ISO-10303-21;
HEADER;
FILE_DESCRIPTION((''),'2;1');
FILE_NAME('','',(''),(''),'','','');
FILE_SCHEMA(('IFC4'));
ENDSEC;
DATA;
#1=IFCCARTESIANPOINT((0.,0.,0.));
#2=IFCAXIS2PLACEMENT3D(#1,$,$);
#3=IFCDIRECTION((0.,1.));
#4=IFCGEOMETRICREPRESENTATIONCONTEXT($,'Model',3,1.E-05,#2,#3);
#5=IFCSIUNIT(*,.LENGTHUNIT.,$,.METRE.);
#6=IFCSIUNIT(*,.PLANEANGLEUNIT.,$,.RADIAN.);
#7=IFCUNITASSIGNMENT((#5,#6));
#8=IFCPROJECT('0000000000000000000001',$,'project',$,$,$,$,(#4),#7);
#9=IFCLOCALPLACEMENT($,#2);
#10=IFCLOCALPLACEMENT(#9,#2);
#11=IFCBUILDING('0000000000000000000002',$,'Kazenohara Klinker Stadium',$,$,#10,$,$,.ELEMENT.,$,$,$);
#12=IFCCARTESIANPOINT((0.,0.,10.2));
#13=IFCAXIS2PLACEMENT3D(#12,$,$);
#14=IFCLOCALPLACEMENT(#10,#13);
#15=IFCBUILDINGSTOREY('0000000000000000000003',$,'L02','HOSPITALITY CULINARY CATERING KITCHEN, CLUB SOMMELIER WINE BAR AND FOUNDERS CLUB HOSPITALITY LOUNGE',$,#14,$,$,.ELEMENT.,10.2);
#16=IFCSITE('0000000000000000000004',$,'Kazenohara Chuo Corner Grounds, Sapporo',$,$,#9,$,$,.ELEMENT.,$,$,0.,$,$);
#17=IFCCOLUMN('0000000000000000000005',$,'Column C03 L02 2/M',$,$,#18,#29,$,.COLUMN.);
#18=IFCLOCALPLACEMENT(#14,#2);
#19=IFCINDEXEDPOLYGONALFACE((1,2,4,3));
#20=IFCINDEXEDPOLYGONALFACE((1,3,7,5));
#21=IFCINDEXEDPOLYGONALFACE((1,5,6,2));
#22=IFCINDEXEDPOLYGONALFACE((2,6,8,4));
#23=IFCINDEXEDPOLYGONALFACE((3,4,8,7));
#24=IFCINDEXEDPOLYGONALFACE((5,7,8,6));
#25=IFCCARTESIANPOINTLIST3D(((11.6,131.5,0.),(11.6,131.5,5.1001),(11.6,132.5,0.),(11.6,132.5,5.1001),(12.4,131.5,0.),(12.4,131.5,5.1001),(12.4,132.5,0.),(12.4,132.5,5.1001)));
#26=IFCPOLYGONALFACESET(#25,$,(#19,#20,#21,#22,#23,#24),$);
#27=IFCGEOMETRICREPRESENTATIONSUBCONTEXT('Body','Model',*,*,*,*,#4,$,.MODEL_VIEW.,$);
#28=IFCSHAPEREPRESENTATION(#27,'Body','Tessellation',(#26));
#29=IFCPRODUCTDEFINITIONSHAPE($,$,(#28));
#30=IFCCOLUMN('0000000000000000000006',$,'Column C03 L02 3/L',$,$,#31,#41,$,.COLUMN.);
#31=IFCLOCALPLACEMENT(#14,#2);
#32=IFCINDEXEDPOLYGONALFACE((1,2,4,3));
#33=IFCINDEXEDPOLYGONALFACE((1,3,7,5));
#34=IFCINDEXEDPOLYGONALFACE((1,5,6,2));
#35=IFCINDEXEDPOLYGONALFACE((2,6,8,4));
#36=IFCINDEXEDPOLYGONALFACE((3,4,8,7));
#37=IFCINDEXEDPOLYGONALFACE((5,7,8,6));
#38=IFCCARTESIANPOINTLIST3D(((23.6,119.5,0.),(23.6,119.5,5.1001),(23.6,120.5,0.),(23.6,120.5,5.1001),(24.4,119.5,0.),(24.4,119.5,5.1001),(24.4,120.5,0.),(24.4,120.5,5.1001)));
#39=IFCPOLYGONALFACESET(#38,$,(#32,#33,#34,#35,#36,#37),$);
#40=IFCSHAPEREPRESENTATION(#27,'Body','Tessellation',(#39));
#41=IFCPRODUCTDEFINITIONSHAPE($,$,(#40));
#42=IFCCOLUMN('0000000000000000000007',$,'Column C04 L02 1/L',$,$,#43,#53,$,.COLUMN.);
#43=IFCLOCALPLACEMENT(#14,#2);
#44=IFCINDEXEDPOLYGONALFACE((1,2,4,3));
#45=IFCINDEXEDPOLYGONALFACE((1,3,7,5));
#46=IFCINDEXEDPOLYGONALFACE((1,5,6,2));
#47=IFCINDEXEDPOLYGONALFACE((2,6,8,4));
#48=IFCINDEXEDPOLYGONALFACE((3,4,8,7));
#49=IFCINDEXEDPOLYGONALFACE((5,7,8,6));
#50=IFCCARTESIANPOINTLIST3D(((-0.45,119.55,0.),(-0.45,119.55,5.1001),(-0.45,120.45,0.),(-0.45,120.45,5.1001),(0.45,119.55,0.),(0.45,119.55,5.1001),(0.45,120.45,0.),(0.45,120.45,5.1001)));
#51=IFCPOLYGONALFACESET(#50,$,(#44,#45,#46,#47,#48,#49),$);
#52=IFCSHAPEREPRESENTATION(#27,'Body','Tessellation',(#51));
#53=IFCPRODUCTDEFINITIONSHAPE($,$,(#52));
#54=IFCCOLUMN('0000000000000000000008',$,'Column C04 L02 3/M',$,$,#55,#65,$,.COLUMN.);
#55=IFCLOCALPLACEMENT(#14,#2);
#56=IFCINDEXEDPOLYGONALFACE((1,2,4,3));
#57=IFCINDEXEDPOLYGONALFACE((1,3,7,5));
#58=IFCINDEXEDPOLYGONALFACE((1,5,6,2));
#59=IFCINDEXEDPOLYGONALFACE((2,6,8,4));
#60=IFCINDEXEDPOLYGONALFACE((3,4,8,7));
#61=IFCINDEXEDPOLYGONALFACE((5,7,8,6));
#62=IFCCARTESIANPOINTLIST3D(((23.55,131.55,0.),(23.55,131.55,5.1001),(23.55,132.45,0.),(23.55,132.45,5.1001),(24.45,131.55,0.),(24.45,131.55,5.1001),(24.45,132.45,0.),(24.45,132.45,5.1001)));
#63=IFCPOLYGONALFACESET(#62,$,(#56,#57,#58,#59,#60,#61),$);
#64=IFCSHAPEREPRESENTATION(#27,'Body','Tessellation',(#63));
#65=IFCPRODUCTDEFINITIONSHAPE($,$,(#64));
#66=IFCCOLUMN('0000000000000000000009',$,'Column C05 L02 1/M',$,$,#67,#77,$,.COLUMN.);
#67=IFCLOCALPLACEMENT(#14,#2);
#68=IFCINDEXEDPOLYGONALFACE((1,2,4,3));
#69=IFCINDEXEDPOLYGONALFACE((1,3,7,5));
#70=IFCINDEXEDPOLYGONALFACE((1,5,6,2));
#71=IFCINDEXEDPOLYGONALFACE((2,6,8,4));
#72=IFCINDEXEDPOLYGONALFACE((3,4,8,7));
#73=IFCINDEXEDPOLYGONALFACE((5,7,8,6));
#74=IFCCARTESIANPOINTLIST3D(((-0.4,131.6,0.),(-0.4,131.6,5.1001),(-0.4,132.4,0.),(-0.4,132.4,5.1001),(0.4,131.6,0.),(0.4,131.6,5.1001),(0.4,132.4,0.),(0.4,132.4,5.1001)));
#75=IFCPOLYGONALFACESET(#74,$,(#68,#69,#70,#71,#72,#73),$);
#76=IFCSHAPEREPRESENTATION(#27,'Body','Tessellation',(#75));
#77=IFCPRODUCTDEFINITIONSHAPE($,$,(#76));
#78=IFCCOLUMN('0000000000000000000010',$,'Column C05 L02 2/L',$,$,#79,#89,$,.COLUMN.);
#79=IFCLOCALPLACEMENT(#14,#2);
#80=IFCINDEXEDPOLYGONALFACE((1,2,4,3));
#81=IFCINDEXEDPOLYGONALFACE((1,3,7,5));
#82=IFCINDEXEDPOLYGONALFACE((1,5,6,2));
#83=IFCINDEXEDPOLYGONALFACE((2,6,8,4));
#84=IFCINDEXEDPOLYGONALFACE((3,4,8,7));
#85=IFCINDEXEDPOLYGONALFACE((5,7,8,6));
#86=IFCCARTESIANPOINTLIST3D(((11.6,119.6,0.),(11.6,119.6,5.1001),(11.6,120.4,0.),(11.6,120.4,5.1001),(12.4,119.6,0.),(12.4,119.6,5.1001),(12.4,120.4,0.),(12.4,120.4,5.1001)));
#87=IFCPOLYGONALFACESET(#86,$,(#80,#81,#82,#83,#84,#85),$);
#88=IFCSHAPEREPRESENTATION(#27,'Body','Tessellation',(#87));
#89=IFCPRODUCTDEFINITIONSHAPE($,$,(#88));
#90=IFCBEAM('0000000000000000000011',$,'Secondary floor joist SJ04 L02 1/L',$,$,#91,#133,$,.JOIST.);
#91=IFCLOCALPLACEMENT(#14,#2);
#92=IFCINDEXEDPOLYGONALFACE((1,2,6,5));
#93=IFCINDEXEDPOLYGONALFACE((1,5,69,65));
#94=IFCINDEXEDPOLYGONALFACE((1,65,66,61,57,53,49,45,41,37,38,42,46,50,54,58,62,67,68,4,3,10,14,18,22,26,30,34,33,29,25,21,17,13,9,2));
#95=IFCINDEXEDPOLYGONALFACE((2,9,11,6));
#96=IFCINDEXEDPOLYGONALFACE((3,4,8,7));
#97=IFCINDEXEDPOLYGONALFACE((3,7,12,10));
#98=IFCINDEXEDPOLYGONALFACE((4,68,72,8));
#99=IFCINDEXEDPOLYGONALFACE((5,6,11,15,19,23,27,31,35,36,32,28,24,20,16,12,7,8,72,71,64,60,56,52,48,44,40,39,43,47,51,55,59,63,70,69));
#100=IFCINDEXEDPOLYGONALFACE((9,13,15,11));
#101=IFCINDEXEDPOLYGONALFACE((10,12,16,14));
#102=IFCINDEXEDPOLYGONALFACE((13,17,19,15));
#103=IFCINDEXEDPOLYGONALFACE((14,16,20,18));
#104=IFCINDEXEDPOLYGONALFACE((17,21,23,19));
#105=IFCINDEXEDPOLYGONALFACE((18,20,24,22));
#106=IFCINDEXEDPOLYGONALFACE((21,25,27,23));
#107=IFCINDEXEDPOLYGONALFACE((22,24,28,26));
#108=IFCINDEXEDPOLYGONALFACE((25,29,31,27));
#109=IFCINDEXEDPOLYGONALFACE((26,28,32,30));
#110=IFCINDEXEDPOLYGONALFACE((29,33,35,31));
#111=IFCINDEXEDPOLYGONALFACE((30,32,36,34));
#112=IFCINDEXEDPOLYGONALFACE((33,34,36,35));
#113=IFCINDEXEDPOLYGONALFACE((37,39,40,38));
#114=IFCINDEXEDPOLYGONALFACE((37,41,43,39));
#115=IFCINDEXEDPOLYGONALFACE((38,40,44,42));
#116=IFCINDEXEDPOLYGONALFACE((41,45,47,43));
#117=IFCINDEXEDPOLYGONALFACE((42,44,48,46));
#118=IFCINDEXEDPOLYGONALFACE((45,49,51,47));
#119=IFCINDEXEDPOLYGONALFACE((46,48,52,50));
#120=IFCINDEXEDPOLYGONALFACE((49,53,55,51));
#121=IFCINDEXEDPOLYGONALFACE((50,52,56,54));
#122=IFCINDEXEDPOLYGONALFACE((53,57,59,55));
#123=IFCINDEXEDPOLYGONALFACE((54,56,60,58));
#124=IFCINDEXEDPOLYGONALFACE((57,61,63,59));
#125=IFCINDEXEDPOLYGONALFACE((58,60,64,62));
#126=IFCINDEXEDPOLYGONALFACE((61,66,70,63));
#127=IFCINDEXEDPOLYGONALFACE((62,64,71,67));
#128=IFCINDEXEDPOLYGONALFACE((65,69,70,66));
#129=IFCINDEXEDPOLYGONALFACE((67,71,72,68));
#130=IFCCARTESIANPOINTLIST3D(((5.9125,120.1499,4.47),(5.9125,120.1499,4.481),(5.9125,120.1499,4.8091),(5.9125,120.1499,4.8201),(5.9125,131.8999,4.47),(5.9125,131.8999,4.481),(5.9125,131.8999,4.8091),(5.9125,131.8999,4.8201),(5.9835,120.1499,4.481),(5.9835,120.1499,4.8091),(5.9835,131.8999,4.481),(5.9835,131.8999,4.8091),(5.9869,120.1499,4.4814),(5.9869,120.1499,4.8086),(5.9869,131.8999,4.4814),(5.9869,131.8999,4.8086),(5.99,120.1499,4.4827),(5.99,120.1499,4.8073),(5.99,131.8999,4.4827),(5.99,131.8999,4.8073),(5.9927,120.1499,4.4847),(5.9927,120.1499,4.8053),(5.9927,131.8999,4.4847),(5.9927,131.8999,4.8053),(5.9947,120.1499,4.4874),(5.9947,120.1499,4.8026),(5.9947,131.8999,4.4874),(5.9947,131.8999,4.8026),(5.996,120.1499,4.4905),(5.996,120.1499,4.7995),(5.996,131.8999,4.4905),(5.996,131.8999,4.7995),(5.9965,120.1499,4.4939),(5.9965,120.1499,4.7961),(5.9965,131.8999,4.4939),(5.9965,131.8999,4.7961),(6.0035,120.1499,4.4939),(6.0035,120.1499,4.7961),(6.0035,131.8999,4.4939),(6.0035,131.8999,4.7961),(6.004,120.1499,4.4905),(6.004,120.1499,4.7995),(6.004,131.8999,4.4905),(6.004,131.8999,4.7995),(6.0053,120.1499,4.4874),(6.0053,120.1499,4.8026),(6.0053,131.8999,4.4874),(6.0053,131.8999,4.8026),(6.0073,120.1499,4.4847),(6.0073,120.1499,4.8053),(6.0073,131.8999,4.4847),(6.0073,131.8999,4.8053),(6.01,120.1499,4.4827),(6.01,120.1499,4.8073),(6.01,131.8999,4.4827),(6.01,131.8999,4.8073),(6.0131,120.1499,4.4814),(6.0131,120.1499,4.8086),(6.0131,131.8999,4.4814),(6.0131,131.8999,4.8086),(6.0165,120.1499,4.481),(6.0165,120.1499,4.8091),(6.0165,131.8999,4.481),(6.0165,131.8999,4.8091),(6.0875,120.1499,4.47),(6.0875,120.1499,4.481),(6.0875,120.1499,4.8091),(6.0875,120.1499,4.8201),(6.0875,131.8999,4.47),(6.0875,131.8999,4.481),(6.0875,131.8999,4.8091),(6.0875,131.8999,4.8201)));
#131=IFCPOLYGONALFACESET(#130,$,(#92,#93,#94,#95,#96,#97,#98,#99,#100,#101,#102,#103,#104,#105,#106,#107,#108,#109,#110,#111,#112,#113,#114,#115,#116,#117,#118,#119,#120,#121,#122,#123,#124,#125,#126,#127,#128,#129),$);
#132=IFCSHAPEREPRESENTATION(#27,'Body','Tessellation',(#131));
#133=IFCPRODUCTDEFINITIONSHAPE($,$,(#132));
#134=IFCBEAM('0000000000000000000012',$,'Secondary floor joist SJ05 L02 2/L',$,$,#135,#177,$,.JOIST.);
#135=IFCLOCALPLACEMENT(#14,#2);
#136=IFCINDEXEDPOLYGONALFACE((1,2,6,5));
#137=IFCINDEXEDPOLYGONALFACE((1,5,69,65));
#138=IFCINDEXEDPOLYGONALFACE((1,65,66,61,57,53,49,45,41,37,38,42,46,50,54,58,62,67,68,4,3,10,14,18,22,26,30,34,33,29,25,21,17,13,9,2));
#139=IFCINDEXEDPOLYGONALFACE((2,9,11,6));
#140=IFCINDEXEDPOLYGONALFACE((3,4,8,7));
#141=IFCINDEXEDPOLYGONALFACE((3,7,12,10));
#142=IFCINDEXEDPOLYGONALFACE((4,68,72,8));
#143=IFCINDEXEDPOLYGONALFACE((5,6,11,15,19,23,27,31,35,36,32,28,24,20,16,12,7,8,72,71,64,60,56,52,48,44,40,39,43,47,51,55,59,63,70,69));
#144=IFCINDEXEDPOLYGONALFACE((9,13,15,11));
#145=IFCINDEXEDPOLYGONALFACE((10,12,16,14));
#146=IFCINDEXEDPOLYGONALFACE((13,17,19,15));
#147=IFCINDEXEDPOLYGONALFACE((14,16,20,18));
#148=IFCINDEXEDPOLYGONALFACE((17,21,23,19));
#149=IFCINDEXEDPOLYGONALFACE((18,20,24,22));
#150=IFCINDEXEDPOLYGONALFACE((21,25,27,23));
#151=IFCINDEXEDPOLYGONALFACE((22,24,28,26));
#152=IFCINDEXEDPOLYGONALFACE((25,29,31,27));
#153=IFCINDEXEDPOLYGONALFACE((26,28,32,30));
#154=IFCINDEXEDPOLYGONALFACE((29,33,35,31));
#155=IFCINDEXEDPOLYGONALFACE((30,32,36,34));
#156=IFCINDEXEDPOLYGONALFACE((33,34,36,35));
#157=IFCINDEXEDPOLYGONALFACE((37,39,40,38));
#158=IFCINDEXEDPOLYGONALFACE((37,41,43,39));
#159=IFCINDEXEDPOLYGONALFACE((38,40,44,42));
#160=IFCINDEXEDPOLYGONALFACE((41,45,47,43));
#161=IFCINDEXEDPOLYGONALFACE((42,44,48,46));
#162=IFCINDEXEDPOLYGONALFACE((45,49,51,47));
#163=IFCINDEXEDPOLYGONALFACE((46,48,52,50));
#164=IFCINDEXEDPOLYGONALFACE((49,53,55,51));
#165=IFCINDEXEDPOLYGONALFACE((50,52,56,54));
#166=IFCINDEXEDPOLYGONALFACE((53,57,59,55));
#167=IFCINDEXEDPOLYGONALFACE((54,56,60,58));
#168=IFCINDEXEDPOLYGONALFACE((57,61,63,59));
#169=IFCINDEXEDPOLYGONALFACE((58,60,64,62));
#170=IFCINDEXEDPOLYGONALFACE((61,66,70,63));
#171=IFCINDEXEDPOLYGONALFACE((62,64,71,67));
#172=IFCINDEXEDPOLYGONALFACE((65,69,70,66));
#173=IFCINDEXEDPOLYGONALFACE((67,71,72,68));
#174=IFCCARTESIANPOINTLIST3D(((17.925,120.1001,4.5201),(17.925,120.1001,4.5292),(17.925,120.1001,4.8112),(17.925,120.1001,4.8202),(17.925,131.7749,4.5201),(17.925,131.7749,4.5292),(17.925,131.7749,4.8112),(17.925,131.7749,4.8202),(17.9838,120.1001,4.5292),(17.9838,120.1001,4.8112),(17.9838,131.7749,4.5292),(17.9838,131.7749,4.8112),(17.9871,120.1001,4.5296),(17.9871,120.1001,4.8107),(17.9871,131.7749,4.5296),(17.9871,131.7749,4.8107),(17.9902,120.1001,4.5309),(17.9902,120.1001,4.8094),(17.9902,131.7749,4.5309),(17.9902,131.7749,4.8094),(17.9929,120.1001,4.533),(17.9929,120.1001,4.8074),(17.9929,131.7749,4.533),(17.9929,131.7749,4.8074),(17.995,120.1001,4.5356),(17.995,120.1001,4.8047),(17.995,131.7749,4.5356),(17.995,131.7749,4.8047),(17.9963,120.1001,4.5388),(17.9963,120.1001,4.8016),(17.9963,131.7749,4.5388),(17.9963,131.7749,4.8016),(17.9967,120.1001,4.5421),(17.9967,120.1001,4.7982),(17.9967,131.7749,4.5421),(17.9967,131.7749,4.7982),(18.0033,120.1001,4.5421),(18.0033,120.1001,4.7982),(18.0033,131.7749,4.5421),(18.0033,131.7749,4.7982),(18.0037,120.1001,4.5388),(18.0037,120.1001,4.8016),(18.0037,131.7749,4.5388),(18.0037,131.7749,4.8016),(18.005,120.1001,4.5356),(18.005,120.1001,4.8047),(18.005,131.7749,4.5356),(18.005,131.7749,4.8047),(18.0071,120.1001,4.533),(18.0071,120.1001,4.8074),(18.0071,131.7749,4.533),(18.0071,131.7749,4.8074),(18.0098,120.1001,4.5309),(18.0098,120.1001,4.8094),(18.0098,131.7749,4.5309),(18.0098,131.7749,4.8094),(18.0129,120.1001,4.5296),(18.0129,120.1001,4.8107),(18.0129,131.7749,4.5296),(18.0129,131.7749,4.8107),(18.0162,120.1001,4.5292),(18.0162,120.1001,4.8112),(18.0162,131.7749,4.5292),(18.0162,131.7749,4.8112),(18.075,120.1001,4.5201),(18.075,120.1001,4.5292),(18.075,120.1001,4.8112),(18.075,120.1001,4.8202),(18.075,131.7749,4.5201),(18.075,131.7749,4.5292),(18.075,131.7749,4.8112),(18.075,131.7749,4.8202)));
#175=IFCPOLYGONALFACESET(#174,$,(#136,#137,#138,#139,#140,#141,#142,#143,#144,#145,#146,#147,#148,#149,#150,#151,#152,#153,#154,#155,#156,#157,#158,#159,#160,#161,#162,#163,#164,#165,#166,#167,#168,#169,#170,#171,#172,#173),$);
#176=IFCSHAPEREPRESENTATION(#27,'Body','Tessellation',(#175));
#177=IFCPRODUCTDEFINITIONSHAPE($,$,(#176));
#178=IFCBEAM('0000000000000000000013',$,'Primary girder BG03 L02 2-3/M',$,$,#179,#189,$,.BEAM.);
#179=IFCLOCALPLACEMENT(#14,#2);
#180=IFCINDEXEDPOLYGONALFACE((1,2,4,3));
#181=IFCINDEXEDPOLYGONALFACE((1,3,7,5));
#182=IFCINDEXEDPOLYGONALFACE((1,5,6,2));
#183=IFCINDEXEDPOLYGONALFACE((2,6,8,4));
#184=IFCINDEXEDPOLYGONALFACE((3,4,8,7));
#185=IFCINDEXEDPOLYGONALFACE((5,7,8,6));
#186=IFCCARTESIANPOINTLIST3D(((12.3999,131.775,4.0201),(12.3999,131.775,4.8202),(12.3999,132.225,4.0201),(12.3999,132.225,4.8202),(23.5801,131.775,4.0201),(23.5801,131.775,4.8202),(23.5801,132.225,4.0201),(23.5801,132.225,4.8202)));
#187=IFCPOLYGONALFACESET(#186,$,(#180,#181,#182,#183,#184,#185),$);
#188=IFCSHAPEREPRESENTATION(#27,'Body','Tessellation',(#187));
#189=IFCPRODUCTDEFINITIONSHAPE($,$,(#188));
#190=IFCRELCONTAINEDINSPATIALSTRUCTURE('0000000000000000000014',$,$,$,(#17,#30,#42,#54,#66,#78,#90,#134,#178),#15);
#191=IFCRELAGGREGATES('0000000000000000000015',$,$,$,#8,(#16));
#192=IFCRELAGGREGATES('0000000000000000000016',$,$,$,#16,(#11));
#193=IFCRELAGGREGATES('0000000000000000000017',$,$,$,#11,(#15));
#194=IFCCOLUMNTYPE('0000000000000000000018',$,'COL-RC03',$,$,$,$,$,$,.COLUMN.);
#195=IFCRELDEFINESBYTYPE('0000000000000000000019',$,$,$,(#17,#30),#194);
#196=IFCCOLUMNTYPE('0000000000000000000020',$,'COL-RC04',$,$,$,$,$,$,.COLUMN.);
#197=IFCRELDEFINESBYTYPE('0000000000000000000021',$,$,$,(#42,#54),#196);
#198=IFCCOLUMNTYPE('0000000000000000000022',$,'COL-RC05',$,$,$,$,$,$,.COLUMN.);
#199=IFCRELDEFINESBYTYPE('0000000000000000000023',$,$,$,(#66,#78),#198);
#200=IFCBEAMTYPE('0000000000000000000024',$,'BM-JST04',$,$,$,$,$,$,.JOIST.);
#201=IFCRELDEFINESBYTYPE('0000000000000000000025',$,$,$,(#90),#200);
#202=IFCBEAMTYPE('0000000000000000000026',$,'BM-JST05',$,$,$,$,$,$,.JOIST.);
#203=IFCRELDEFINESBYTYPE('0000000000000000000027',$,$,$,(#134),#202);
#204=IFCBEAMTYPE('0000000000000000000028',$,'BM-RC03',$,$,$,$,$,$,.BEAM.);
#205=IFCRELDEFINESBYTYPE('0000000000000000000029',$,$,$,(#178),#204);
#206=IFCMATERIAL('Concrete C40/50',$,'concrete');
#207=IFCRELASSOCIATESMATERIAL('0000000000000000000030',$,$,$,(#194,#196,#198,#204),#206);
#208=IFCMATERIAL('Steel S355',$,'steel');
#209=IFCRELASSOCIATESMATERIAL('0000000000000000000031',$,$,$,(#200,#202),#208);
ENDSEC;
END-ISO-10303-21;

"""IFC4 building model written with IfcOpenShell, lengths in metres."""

from ifc_helpers import new_model, si_unit, direction, frame, origin, origin_2d, place, context, subcontext, project, spatial, rectangle, i_section, extrude, material, material_profile, profile_set, type_object, element, save


model = new_model("IFC4")

# Units and contexts
model_context = context("Model", 3, precision=1e-05, world=origin(), true_north=direction((0.0, 1.0)))
body_context = subcontext(model_context, "Body", "Model", "MODEL_VIEW")
ifc_project = project(units=[si_unit("LENGTHUNIT", "METRE"), si_unit("PLANEANGLEUNIT", "RADIAN")], contexts=[model_context])

# Site, building, storey
site_placement = place(None, origin())
site = spatial("IfcSite", under=ifc_project, at=site_placement, Name="Kazenohara Chuo Corner Grounds, Sapporo", CompositionType="ELEMENT", RefElevation=0.0)
building_placement = place(site_placement, origin())
building = spatial("IfcBuilding", under=site, at=building_placement, Name="Kazenohara Klinker Stadium", CompositionType="ELEMENT")
storey_placement = place(building_placement, frame((0.0, 0.0, 10.2)))
storey = spatial("IfcBuildingStorey", under=building, at=storey_placement, Name="L02", Description="HOSPITALITY CULINARY CATERING KITCHEN, CLUB SOMMELIER WINE BAR AND FOUNDERS CLUB HOSPITALITY LOUNGE", CompositionType="ELEMENT", Elevation=10.2)

# Columns
ifc_material_1 = material(Name="Concrete C40/50", Category="concrete")
ifc_material_profile_1 = material_profile(ifc_material_1, rectangle(XDim=0.8, YDim=1.0, at=origin_2d()), Name="RC-COL-1000x800")
ifc_profile_set_1 = profile_set([ifc_material_profile_1], Name="Concrete C40/50")
column_type_1 = type_object("IfcColumnType", Name="COL-RC03", PredefinedType="COLUMN", material=ifc_profile_set_1)
for number, where, z_axis, x_axis, name in (
    (1, (12.0, 132.0, 0.0), (0.0, 0.0, 1.0), (1.0, 0.0, 0.0), "Column C03 L02 2/M"),
    (2, (24.0, 120.0, 0.0), (0.0, 0.0, 1.0), (1.0, 0.0, 0.0), "Column C03 L02 3/L"),
):
    element("IfcColumn", number, at=place(storey_placement, frame(where, z_axis=z_axis, x_axis=x_axis)), inside=storey, type_object=column_type_1, Name=name, PredefinedType="COLUMN", context=body_context, shape_type="SweptSolid", body=[
        extrude(rectangle(XDim=0.8, YDim=1.0, at=origin_2d()), origin(), (0.0, 0.0, 1.0), 5.1001),
    ])
ifc_material_profile_2 = material_profile(ifc_material_1, rectangle(XDim=0.8999, YDim=0.8999, at=origin_2d()), Name="RC-COL-900x900")
ifc_profile_set_2 = profile_set([ifc_material_profile_2], Name="Concrete C40/50")
column_type_2 = type_object("IfcColumnType", Name="COL-RC04", PredefinedType="COLUMN", material=ifc_profile_set_2)
for number, where, z_axis, x_axis, name in (
    (3, (0.0, 120.0, 0.0), (0.0, 0.0, 1.0), (1.0, 0.0, 0.0), "Column C04 L02 1/L"),
    (4, (24.0, 132.0, 0.0), (0.0, 0.0, 1.0), (1.0, 0.0, 0.0), "Column C04 L02 3/M"),
):
    element("IfcColumn", number, at=place(storey_placement, frame(where, z_axis=z_axis, x_axis=x_axis)), inside=storey, type_object=column_type_2, Name=name, PredefinedType="COLUMN", context=body_context, shape_type="SweptSolid", body=[
        extrude(rectangle(XDim=0.8999, YDim=0.8999, at=origin_2d()), origin(), (0.0, 0.0, 1.0), 5.1001),
    ])
ifc_material_profile_3 = material_profile(ifc_material_1, rectangle(XDim=0.8, YDim=0.8, at=origin_2d()), Name="RC-COL-800x800")
ifc_profile_set_3 = profile_set([ifc_material_profile_3], Name="Concrete C40/50")
column_type_3 = type_object("IfcColumnType", Name="COL-RC05", PredefinedType="COLUMN", material=ifc_profile_set_3)
for number, where, z_axis, x_axis, name in (
    (5, (0.0, 132.0, 0.0), (0.0, 0.0, 1.0), (1.0, 0.0, 0.0), "Column C05 L02 1/M"),
    (6, (12.0, 120.0, 0.0), (0.0, 0.0, 1.0), (1.0, 0.0, 0.0), "Column C05 L02 2/L"),
):
    element("IfcColumn", number, at=place(storey_placement, frame(where, z_axis=z_axis, x_axis=x_axis)), inside=storey, type_object=column_type_3, Name=name, PredefinedType="COLUMN", context=body_context, shape_type="SweptSolid", body=[
        extrude(rectangle(XDim=0.8, YDim=0.8, at=origin_2d()), origin(), (0.0, 0.0, 1.0), 5.1001),
    ])

# Beams
ifc_material_2 = material(Name="Steel S355", Category="steel")
ifc_material_profile_4 = material_profile(ifc_material_2, i_section(OverallWidth=0.175, OverallDepth=0.3501, WebThickness=0.0071, FlangeThickness=0.011, FilletRadius=0.0129, at=origin_2d()), Name="H-350x175x7x11")
ifc_profile_set_4 = profile_set([ifc_material_profile_4], Name="Steel S355")
beam_type_1 = type_object("IfcBeamType", Name="BM-JST04", PredefinedType="JOIST", material=ifc_profile_set_4)
beam_1_placement = place(storey_placement, frame((6.0, 120.1499, 4.645), z_axis=(0.0, 1.0, 0.0), x_axis=(-1.0, 0.0, 0.0)))
element("IfcBeam", 7, at=beam_1_placement, inside=storey, type_object=beam_type_1, Name="Secondary floor joist SJ04 L02 1/L", PredefinedType="JOIST", context=body_context, shape_type="SweptSolid", body=[
    extrude(i_section(OverallWidth=0.175, OverallDepth=0.3501, WebThickness=0.0071, FlangeThickness=0.011, FilletRadius=0.0129, at=origin_2d()), origin(), (0.0, 0.0, 1.0), 11.75),
])
ifc_material_profile_5 = material_profile(ifc_material_2, i_section(OverallWidth=0.1499, OverallDepth=0.3, WebThickness=0.0066, FlangeThickness=0.009, FilletRadius=0.0129, at=origin_2d()), Name="H-300x150x6.5x9")
ifc_profile_set_5 = profile_set([ifc_material_profile_5], Name="Steel S355")
beam_type_2 = type_object("IfcBeamType", Name="BM-JST05", PredefinedType="JOIST", material=ifc_profile_set_5)
beam_2_placement = place(storey_placement, frame((18.0, 120.1001, 4.6702), z_axis=(0.0, 1.0, 0.0), x_axis=(-1.0, 0.0, 0.0)))
element("IfcBeam", 8, at=beam_2_placement, inside=storey, type_object=beam_type_2, Name="Secondary floor joist SJ05 L02 2/L", PredefinedType="JOIST", context=body_context, shape_type="SweptSolid", body=[
    extrude(i_section(OverallWidth=0.1499, OverallDepth=0.3, WebThickness=0.0066, FlangeThickness=0.009, FilletRadius=0.0129, at=origin_2d()), origin(), (0.0, 0.0, 1.0), 11.6748),
])
ifc_material_profile_6 = material_profile(ifc_material_1, rectangle(XDim=0.45, YDim=0.8, at=origin_2d()), Name="RC-BM-450x800")
ifc_profile_set_6 = profile_set([ifc_material_profile_6], Name="Concrete C40/50")
beam_type_3 = type_object("IfcBeamType", Name="BM-RC03", PredefinedType="BEAM", material=ifc_profile_set_6)
beam_3_placement = place(storey_placement, frame((12.3999, 132.0, 4.4202), z_axis=(1.0, 0.0, 0.0), x_axis=(0.0, 1.0, 0.0)))
element("IfcBeam", 9, at=beam_3_placement, inside=storey, type_object=beam_type_3, Name="Primary girder BG03 L02 2-3/M", PredefinedType="BEAM", context=body_context, shape_type="SweptSolid", body=[
    extrude(rectangle(XDim=0.45, YDim=0.8, at=origin_2d()), origin(), (0.0, 0.0, 1.0), 11.1802),
])

save(model, "model.ifc")
